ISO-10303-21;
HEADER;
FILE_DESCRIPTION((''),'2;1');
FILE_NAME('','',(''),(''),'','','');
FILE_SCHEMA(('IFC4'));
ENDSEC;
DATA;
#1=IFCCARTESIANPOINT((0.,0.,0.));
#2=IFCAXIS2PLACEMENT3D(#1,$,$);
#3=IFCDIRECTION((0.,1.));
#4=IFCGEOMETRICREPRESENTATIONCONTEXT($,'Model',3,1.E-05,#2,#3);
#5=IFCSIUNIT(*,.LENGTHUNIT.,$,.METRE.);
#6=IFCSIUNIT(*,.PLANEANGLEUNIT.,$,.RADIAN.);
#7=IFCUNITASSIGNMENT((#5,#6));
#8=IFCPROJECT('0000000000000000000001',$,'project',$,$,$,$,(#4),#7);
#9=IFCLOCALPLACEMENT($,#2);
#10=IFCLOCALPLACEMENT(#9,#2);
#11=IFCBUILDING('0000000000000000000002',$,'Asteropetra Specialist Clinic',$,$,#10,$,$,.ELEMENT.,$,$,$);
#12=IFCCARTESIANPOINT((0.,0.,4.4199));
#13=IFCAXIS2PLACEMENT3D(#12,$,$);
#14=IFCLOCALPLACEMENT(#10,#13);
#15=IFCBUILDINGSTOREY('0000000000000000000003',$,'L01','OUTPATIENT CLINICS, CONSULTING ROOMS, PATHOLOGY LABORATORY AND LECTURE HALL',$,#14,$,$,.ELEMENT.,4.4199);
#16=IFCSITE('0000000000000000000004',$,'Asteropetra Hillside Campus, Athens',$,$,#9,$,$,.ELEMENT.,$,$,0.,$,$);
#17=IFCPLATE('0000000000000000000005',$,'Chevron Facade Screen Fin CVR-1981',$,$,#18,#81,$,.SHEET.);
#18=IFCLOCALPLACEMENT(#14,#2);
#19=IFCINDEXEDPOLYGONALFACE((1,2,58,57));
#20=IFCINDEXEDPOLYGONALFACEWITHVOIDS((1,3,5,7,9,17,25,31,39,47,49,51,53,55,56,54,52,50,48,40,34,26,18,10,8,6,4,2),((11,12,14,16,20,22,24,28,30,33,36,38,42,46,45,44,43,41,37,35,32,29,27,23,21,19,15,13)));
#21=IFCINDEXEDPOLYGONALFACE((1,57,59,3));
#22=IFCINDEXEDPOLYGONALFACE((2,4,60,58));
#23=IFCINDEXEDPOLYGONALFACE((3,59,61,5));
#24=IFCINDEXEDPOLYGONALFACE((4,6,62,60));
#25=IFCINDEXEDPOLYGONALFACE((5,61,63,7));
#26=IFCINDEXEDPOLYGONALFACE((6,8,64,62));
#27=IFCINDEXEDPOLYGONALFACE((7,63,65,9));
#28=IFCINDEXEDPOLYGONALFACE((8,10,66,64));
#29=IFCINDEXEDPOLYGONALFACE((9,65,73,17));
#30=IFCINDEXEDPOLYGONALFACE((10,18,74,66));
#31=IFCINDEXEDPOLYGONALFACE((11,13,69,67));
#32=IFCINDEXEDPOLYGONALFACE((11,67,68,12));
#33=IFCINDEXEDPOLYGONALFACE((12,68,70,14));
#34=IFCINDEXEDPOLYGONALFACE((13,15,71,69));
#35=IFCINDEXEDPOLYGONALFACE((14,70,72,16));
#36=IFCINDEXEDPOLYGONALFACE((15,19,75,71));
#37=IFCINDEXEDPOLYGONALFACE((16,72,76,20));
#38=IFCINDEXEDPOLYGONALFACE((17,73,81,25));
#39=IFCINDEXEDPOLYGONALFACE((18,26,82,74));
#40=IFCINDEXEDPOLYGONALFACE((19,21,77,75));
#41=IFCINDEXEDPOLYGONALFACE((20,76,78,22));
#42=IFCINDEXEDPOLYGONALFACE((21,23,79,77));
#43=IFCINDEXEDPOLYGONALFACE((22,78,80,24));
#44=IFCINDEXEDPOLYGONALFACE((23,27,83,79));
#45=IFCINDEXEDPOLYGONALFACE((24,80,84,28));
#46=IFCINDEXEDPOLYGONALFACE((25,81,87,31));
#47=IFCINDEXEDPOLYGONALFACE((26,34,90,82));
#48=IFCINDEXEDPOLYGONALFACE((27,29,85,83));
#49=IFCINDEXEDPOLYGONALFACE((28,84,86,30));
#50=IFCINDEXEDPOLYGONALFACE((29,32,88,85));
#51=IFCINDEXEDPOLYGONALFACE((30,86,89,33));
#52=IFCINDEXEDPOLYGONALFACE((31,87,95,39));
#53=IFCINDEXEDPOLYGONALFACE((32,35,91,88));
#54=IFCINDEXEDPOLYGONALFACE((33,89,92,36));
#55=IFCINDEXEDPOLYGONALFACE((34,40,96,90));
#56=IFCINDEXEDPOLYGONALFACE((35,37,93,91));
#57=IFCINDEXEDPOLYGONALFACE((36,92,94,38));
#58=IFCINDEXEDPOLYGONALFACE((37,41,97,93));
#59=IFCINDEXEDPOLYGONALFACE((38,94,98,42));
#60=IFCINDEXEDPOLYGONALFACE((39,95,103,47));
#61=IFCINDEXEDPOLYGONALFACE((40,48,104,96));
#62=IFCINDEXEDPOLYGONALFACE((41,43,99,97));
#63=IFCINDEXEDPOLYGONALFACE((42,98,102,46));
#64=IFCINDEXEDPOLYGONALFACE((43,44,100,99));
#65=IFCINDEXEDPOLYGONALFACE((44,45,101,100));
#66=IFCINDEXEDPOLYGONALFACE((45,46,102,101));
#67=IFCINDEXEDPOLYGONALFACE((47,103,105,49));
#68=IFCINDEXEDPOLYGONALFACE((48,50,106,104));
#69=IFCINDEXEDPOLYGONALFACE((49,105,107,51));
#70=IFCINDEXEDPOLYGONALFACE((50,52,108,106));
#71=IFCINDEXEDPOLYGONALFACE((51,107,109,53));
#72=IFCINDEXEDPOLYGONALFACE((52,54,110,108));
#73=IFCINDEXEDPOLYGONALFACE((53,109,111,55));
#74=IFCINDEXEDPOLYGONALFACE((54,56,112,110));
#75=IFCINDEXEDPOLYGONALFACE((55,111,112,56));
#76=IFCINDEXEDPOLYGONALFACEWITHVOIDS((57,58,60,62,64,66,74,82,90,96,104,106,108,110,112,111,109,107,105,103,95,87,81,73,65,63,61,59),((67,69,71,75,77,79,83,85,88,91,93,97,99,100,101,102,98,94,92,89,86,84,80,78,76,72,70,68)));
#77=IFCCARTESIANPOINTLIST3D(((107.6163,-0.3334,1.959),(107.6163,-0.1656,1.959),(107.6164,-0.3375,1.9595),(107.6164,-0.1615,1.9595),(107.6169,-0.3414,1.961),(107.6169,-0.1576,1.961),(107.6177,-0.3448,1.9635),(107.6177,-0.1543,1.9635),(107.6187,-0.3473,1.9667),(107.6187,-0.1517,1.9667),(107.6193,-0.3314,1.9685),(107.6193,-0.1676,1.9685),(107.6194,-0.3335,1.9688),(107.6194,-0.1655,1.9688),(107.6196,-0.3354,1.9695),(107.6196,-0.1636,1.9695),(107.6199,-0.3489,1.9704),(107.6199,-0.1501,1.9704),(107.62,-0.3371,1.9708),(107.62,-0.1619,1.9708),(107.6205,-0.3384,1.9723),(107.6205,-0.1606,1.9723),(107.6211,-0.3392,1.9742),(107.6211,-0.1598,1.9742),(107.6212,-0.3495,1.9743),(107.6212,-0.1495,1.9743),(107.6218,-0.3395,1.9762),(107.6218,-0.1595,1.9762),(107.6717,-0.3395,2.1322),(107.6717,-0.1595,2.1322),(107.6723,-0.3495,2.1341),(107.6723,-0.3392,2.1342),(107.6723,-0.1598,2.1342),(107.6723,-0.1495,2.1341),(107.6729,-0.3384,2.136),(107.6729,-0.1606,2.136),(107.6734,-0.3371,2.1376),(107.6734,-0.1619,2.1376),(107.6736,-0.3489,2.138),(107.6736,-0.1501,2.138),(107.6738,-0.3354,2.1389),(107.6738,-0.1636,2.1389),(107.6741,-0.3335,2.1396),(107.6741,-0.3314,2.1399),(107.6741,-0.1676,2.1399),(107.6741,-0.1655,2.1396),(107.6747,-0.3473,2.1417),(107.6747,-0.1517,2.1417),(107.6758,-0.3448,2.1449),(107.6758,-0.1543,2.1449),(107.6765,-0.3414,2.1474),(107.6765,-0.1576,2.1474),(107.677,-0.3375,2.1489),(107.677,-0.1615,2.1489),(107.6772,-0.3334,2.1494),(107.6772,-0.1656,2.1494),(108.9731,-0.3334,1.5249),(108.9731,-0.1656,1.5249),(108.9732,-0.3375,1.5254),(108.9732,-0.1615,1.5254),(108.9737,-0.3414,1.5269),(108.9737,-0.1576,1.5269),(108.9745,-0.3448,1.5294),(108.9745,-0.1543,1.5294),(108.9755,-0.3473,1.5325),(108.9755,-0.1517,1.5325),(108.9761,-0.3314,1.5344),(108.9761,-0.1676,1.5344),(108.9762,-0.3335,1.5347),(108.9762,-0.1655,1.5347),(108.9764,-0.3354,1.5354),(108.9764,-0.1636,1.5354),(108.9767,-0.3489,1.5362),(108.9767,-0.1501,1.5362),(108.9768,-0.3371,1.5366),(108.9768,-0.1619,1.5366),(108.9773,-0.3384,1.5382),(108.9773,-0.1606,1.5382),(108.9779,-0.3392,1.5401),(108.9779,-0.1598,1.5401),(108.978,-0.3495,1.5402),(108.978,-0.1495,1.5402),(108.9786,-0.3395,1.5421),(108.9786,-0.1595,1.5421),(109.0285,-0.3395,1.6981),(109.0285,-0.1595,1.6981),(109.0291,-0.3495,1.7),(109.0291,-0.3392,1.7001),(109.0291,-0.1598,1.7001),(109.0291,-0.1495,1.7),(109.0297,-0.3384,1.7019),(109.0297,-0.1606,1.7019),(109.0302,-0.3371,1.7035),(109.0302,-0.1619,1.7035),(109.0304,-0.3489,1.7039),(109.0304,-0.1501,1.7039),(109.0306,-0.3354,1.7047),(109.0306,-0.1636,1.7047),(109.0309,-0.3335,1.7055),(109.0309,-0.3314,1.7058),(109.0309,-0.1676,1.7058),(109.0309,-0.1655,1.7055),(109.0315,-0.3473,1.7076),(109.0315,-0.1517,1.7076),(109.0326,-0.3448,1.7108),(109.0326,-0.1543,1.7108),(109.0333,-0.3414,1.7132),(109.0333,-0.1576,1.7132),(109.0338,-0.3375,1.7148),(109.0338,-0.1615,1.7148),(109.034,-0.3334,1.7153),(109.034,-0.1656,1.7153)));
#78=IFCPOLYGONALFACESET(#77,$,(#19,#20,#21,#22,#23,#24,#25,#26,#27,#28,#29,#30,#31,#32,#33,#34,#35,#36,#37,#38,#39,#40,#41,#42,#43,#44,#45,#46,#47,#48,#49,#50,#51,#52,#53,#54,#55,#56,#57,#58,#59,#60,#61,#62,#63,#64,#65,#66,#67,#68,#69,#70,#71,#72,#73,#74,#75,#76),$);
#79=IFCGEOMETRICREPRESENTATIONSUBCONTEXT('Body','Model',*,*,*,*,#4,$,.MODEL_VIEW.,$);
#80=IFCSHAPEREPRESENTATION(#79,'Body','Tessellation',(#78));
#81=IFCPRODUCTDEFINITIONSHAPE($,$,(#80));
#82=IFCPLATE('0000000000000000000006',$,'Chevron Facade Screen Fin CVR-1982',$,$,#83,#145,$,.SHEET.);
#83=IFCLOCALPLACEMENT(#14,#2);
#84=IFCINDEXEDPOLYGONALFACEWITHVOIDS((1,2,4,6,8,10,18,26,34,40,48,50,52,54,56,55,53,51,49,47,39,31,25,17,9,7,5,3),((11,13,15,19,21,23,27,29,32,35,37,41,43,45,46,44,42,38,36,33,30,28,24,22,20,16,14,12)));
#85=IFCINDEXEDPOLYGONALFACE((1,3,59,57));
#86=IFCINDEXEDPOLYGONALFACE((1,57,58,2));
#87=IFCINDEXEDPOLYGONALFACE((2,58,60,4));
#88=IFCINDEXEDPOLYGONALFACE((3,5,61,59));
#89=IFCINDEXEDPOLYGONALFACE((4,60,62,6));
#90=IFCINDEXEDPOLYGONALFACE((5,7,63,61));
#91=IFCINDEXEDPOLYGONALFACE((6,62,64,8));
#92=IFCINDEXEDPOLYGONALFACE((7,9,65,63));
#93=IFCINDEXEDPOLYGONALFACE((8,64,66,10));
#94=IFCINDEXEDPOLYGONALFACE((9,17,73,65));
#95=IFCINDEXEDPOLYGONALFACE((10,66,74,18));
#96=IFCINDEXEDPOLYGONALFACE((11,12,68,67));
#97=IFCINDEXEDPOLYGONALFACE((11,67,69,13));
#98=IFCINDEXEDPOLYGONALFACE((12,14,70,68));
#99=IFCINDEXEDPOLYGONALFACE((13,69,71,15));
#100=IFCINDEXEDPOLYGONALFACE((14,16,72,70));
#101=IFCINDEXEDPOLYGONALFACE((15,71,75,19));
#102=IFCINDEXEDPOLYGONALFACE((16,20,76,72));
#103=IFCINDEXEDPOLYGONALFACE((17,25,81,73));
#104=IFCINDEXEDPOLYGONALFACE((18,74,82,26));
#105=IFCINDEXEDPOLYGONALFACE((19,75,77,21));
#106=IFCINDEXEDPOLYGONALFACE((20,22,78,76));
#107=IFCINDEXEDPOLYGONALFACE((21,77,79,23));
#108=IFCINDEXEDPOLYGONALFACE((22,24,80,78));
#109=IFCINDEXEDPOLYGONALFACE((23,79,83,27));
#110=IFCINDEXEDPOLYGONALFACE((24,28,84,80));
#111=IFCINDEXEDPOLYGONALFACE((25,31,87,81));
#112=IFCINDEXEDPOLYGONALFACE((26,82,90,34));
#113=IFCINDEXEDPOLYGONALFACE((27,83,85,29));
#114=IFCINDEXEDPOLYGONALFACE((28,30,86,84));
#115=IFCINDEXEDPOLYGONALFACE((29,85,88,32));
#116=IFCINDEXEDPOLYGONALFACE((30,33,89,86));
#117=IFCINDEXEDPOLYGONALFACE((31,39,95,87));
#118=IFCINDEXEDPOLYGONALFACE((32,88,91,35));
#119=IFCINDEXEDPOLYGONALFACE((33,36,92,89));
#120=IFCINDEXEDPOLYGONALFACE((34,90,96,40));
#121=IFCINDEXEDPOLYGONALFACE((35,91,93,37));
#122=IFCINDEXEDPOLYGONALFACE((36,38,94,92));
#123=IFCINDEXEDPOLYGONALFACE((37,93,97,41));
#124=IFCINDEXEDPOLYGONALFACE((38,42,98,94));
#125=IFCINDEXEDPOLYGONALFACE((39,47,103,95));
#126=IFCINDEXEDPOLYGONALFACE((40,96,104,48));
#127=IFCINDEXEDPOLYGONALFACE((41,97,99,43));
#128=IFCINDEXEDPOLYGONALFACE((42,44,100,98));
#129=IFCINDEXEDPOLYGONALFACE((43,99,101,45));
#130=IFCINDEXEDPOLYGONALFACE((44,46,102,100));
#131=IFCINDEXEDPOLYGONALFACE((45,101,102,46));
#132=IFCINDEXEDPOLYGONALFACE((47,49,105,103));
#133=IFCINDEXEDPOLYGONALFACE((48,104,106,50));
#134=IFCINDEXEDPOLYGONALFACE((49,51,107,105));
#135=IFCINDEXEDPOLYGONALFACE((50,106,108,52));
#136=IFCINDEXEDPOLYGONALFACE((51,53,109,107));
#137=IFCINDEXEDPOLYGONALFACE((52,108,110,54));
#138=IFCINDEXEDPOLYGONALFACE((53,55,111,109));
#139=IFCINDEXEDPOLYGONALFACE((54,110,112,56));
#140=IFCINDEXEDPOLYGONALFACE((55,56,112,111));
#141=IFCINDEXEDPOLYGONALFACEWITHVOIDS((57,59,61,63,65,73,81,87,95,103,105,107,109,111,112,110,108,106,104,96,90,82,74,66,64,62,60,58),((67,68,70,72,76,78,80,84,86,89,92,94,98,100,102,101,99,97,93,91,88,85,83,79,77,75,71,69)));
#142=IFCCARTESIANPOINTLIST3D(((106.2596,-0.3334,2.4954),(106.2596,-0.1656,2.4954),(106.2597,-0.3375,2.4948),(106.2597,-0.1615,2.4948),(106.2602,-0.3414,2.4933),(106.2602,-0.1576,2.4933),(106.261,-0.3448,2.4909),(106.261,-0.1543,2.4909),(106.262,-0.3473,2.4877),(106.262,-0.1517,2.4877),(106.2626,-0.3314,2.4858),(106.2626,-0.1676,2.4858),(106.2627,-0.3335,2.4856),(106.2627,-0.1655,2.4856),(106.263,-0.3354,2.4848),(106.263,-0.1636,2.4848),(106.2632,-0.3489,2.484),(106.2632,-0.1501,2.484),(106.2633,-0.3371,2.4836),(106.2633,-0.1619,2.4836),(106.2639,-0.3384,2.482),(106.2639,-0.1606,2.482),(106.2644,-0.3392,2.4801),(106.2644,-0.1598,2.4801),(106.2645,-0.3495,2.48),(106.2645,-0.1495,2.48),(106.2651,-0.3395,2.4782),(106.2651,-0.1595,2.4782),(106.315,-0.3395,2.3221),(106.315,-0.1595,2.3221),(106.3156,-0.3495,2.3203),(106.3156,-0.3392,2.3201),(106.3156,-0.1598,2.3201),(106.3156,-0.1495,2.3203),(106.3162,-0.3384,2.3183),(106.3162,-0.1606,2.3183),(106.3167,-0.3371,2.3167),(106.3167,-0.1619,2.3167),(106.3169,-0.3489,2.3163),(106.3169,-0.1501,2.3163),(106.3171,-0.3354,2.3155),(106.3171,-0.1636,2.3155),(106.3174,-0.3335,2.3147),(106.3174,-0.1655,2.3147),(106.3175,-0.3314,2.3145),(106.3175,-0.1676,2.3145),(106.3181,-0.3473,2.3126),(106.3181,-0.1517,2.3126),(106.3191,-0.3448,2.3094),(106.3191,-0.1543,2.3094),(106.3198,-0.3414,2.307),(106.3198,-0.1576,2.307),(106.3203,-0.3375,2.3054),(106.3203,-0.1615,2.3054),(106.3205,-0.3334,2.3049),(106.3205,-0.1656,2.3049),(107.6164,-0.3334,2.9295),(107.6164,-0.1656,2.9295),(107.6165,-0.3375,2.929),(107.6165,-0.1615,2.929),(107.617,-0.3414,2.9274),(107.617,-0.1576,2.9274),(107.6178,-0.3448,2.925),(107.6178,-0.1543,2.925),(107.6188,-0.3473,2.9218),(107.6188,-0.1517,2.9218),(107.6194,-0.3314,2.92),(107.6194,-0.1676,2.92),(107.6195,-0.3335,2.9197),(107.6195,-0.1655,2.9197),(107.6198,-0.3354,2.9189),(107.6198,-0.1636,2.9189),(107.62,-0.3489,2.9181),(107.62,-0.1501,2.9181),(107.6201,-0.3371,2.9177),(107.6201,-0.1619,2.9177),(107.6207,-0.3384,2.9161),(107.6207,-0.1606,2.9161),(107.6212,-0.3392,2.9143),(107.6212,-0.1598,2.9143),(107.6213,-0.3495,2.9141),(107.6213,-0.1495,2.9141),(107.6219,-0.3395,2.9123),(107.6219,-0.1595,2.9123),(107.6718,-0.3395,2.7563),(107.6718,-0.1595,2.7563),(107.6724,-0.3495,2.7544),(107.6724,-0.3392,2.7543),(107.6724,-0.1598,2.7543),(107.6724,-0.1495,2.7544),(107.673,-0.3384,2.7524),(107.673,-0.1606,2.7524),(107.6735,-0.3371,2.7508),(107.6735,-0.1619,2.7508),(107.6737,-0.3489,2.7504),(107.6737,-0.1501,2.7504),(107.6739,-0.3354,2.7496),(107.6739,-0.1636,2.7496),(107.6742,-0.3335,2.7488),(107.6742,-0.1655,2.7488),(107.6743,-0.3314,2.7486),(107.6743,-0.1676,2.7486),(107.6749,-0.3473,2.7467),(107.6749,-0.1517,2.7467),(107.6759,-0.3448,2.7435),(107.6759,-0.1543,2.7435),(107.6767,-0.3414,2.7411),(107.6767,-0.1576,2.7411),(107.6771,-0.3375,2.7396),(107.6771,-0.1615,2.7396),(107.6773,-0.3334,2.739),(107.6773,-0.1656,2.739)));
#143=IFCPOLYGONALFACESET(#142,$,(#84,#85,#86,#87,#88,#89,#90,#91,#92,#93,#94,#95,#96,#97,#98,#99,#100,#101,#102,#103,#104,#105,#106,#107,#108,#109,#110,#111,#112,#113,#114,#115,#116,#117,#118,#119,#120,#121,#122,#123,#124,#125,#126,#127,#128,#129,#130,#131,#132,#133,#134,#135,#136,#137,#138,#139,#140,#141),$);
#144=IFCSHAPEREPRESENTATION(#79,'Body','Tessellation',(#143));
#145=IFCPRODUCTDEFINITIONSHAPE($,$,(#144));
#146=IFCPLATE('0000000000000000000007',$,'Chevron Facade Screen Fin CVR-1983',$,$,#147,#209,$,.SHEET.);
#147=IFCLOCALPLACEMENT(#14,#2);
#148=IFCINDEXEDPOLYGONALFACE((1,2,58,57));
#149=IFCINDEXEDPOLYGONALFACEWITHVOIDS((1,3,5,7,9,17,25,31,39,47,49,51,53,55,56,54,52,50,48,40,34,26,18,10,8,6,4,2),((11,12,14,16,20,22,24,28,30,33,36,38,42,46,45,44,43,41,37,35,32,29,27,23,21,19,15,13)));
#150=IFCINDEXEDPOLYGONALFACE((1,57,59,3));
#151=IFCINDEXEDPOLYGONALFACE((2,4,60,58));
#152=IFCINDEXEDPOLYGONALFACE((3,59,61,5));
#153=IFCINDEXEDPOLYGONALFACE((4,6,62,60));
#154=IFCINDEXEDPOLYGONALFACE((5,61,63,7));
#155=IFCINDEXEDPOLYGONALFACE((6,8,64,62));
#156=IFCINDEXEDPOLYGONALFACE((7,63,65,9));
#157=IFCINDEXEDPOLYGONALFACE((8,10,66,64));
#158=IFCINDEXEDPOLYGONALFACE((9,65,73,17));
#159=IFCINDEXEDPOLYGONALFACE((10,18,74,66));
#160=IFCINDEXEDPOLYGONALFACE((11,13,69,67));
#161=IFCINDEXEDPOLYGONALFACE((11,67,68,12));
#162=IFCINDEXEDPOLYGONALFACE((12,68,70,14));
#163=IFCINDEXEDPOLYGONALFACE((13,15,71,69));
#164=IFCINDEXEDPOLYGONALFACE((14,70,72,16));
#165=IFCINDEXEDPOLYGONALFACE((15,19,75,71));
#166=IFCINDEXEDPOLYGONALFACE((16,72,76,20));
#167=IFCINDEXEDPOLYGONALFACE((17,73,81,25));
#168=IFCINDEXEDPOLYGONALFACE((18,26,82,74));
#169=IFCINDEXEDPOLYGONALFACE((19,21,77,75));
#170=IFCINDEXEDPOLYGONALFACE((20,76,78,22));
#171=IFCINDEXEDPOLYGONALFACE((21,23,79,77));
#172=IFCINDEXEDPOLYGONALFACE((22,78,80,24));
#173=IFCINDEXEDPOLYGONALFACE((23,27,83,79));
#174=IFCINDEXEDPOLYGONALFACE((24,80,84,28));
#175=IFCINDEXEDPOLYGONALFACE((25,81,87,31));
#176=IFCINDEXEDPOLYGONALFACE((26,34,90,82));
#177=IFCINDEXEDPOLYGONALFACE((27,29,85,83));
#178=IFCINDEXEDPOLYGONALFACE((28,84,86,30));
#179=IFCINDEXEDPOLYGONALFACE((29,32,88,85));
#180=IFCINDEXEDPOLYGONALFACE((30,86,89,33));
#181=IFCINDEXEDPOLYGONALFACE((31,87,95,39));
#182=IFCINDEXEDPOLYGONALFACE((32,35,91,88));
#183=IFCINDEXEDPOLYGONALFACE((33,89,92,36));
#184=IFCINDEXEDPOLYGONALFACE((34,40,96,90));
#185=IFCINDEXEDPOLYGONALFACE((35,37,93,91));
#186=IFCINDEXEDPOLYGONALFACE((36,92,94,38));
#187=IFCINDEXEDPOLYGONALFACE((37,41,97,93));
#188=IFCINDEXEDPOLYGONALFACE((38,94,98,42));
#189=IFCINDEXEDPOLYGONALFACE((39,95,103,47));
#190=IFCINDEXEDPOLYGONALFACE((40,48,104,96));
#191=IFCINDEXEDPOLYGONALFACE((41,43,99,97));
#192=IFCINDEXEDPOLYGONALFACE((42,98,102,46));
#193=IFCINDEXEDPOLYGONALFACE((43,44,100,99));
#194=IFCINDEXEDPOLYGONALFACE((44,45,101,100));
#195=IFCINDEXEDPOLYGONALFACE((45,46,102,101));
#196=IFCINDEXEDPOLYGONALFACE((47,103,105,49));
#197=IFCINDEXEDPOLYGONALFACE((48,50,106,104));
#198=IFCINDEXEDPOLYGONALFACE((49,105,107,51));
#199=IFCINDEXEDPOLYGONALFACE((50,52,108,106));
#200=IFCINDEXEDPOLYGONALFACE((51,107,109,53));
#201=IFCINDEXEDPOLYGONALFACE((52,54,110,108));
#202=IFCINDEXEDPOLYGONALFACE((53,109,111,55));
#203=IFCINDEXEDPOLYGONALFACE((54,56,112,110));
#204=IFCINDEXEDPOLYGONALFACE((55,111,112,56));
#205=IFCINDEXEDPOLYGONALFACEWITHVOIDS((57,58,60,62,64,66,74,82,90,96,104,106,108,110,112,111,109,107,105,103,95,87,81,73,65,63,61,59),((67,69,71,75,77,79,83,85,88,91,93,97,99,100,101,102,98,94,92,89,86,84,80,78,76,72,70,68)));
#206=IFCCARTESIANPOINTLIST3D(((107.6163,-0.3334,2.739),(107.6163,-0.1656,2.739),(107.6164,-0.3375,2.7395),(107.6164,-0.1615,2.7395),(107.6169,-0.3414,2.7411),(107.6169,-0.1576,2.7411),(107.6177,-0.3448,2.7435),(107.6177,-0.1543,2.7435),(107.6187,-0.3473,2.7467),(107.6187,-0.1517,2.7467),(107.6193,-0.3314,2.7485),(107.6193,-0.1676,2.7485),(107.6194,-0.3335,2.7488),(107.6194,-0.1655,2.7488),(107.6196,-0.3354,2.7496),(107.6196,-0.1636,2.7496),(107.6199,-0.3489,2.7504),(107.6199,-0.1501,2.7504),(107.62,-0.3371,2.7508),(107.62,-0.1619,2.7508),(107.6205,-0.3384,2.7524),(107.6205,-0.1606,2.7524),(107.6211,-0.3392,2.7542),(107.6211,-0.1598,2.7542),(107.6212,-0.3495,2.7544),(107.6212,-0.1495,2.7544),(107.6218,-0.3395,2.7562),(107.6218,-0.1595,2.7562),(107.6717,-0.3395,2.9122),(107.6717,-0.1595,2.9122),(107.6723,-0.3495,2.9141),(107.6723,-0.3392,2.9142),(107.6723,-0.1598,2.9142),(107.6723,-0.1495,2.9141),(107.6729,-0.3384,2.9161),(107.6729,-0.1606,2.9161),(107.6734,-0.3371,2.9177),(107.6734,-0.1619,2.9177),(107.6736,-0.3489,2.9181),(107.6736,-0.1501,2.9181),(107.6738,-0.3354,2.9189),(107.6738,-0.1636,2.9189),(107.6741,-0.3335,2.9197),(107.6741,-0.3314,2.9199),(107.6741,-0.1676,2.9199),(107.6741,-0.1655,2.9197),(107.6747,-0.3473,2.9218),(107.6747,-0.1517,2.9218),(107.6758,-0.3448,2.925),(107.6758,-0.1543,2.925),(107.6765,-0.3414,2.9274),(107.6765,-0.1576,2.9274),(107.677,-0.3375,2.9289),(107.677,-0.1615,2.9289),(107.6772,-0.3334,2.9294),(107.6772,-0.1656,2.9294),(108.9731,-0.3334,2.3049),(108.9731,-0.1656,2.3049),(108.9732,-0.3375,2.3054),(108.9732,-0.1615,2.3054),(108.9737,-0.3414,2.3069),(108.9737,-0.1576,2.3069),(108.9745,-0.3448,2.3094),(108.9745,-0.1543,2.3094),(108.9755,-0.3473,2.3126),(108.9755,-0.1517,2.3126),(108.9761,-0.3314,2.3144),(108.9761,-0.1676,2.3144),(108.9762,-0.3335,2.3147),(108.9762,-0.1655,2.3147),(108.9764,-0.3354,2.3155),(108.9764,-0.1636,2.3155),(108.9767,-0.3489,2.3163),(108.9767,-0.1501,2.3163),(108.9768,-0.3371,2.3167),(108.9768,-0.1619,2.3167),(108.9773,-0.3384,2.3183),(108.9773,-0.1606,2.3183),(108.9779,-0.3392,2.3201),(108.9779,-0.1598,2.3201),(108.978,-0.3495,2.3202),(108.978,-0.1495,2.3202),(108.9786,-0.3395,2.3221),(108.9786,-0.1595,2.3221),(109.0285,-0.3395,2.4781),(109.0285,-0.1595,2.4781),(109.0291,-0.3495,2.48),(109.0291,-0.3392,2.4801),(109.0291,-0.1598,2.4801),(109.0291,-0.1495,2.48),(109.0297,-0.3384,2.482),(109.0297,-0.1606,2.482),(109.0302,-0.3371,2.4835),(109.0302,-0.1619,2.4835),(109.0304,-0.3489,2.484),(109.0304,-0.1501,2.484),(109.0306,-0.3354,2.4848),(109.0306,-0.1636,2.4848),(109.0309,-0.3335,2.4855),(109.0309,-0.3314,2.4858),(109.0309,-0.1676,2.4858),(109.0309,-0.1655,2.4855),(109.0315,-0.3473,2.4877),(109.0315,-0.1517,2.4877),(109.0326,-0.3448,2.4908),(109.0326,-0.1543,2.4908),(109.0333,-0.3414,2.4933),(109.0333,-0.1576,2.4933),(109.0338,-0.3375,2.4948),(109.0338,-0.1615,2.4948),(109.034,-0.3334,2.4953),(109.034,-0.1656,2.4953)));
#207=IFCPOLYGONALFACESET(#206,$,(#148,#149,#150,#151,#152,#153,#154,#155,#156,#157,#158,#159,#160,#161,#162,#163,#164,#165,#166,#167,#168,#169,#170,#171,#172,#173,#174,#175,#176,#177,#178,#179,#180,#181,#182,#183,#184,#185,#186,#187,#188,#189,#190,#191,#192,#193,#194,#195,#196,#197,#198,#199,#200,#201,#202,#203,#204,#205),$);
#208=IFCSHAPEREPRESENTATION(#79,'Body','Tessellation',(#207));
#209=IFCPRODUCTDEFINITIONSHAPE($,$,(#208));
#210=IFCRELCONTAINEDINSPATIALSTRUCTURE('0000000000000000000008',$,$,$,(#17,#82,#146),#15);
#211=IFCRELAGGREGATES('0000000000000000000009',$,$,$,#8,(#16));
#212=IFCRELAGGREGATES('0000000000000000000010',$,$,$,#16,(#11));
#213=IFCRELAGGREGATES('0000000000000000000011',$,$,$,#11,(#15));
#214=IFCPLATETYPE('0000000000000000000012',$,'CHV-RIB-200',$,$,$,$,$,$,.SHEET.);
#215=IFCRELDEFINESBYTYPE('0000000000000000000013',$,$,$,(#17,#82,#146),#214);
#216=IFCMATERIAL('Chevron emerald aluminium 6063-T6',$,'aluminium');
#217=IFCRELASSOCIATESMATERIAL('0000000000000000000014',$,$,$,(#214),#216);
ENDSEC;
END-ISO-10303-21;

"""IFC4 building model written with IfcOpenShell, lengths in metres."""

from ifc_helpers import new_model, si_unit, direction, frame, origin, origin_2d, place, context, subcontext, project, spatial, hollow_rectangle, extrude, material, material_profile, profile_set, type_object, element, save


model = new_model("IFC4")

# Units and contexts
model_context = context("Model", 3, precision=1e-05, world=origin(), true_north=direction((0.0, 1.0)))
body_context = subcontext(model_context, "Body", "Model", "MODEL_VIEW")
ifc_project = project(units=[si_unit("LENGTHUNIT", "METRE"), si_unit("PLANEANGLEUNIT", "RADIAN")], contexts=[model_context])

# Site, building, storey
site_placement = place(None, origin())
site = spatial("IfcSite", under=ifc_project, at=site_placement, Name="Asteropetra Hillside Campus, Athens", CompositionType="ELEMENT", RefElevation=0.0)
building_placement = place(site_placement, origin())
building = spatial("IfcBuilding", under=site, at=building_placement, Name="Asteropetra Specialist Clinic", CompositionType="ELEMENT")
storey_placement = place(building_placement, frame((0.0, 0.0, 4.4199)))
storey = spatial("IfcBuildingStorey", under=building, at=storey_placement, Name="L01", Description="OUTPATIENT CLINICS, CONSULTING ROOMS, PATHOLOGY LABORATORY AND LECTURE HALL", CompositionType="ELEMENT", Elevation=4.4199)

# Plates
ifc_material_1 = material(Name="Chevron emerald aluminium 6063-T6", Category="aluminium")
ifc_material_profile_1 = material_profile(ifc_material_1, hollow_rectangle(XDim=0.2, YDim=0.2, WallThickness=0.01, InnerFilletRadius=0.0081, OuterFilletRadius=0.0161, at=origin_2d()), Name="SHS 200x200x10.0")
ifc_profile_set_1 = profile_set([ifc_material_profile_1], Name="Chevron emerald aluminium 6063-T6")
plate_type = type_object("IfcPlateType", Name="CHV-RIB-200", PredefinedType="SHEET", material=ifc_profile_set_1)
for number, where, z_axis, x_axis, name in (
    (1, (107.6467, -0.2495, 2.0542), (0.952436, 0.0, -0.304738), (0.0, 1.0, 0.0), "Chevron Facade Screen Fin CVR-1981"),
    (2, (106.29, -0.2495, 2.4001), (0.952436, 0.0, 0.304738), (0.0, 1.0, 0.0), "Chevron Facade Screen Fin CVR-1982"),
    (3, (107.6467, -0.2495, 2.8342), (0.952436, 0.0, -0.304738), (0.0, 1.0, 0.0), "Chevron Facade Screen Fin CVR-1983"),
):
    element("IfcPlate", number, at=place(storey_placement, frame(where, z_axis=z_axis, x_axis=x_axis)), inside=storey, type_object=plate_type, Name=name, PredefinedType="SHEET", context=body_context, shape_type="SweptSolid", body=[
        extrude(hollow_rectangle(XDim=0.2, YDim=0.2, WallThickness=0.01, InnerFilletRadius=0.0081, OuterFilletRadius=0.0161, at=origin_2d()), origin(), (0.0, 0.0, 1.0), 1.4246),
    ])

save(model, "model.ifc")
